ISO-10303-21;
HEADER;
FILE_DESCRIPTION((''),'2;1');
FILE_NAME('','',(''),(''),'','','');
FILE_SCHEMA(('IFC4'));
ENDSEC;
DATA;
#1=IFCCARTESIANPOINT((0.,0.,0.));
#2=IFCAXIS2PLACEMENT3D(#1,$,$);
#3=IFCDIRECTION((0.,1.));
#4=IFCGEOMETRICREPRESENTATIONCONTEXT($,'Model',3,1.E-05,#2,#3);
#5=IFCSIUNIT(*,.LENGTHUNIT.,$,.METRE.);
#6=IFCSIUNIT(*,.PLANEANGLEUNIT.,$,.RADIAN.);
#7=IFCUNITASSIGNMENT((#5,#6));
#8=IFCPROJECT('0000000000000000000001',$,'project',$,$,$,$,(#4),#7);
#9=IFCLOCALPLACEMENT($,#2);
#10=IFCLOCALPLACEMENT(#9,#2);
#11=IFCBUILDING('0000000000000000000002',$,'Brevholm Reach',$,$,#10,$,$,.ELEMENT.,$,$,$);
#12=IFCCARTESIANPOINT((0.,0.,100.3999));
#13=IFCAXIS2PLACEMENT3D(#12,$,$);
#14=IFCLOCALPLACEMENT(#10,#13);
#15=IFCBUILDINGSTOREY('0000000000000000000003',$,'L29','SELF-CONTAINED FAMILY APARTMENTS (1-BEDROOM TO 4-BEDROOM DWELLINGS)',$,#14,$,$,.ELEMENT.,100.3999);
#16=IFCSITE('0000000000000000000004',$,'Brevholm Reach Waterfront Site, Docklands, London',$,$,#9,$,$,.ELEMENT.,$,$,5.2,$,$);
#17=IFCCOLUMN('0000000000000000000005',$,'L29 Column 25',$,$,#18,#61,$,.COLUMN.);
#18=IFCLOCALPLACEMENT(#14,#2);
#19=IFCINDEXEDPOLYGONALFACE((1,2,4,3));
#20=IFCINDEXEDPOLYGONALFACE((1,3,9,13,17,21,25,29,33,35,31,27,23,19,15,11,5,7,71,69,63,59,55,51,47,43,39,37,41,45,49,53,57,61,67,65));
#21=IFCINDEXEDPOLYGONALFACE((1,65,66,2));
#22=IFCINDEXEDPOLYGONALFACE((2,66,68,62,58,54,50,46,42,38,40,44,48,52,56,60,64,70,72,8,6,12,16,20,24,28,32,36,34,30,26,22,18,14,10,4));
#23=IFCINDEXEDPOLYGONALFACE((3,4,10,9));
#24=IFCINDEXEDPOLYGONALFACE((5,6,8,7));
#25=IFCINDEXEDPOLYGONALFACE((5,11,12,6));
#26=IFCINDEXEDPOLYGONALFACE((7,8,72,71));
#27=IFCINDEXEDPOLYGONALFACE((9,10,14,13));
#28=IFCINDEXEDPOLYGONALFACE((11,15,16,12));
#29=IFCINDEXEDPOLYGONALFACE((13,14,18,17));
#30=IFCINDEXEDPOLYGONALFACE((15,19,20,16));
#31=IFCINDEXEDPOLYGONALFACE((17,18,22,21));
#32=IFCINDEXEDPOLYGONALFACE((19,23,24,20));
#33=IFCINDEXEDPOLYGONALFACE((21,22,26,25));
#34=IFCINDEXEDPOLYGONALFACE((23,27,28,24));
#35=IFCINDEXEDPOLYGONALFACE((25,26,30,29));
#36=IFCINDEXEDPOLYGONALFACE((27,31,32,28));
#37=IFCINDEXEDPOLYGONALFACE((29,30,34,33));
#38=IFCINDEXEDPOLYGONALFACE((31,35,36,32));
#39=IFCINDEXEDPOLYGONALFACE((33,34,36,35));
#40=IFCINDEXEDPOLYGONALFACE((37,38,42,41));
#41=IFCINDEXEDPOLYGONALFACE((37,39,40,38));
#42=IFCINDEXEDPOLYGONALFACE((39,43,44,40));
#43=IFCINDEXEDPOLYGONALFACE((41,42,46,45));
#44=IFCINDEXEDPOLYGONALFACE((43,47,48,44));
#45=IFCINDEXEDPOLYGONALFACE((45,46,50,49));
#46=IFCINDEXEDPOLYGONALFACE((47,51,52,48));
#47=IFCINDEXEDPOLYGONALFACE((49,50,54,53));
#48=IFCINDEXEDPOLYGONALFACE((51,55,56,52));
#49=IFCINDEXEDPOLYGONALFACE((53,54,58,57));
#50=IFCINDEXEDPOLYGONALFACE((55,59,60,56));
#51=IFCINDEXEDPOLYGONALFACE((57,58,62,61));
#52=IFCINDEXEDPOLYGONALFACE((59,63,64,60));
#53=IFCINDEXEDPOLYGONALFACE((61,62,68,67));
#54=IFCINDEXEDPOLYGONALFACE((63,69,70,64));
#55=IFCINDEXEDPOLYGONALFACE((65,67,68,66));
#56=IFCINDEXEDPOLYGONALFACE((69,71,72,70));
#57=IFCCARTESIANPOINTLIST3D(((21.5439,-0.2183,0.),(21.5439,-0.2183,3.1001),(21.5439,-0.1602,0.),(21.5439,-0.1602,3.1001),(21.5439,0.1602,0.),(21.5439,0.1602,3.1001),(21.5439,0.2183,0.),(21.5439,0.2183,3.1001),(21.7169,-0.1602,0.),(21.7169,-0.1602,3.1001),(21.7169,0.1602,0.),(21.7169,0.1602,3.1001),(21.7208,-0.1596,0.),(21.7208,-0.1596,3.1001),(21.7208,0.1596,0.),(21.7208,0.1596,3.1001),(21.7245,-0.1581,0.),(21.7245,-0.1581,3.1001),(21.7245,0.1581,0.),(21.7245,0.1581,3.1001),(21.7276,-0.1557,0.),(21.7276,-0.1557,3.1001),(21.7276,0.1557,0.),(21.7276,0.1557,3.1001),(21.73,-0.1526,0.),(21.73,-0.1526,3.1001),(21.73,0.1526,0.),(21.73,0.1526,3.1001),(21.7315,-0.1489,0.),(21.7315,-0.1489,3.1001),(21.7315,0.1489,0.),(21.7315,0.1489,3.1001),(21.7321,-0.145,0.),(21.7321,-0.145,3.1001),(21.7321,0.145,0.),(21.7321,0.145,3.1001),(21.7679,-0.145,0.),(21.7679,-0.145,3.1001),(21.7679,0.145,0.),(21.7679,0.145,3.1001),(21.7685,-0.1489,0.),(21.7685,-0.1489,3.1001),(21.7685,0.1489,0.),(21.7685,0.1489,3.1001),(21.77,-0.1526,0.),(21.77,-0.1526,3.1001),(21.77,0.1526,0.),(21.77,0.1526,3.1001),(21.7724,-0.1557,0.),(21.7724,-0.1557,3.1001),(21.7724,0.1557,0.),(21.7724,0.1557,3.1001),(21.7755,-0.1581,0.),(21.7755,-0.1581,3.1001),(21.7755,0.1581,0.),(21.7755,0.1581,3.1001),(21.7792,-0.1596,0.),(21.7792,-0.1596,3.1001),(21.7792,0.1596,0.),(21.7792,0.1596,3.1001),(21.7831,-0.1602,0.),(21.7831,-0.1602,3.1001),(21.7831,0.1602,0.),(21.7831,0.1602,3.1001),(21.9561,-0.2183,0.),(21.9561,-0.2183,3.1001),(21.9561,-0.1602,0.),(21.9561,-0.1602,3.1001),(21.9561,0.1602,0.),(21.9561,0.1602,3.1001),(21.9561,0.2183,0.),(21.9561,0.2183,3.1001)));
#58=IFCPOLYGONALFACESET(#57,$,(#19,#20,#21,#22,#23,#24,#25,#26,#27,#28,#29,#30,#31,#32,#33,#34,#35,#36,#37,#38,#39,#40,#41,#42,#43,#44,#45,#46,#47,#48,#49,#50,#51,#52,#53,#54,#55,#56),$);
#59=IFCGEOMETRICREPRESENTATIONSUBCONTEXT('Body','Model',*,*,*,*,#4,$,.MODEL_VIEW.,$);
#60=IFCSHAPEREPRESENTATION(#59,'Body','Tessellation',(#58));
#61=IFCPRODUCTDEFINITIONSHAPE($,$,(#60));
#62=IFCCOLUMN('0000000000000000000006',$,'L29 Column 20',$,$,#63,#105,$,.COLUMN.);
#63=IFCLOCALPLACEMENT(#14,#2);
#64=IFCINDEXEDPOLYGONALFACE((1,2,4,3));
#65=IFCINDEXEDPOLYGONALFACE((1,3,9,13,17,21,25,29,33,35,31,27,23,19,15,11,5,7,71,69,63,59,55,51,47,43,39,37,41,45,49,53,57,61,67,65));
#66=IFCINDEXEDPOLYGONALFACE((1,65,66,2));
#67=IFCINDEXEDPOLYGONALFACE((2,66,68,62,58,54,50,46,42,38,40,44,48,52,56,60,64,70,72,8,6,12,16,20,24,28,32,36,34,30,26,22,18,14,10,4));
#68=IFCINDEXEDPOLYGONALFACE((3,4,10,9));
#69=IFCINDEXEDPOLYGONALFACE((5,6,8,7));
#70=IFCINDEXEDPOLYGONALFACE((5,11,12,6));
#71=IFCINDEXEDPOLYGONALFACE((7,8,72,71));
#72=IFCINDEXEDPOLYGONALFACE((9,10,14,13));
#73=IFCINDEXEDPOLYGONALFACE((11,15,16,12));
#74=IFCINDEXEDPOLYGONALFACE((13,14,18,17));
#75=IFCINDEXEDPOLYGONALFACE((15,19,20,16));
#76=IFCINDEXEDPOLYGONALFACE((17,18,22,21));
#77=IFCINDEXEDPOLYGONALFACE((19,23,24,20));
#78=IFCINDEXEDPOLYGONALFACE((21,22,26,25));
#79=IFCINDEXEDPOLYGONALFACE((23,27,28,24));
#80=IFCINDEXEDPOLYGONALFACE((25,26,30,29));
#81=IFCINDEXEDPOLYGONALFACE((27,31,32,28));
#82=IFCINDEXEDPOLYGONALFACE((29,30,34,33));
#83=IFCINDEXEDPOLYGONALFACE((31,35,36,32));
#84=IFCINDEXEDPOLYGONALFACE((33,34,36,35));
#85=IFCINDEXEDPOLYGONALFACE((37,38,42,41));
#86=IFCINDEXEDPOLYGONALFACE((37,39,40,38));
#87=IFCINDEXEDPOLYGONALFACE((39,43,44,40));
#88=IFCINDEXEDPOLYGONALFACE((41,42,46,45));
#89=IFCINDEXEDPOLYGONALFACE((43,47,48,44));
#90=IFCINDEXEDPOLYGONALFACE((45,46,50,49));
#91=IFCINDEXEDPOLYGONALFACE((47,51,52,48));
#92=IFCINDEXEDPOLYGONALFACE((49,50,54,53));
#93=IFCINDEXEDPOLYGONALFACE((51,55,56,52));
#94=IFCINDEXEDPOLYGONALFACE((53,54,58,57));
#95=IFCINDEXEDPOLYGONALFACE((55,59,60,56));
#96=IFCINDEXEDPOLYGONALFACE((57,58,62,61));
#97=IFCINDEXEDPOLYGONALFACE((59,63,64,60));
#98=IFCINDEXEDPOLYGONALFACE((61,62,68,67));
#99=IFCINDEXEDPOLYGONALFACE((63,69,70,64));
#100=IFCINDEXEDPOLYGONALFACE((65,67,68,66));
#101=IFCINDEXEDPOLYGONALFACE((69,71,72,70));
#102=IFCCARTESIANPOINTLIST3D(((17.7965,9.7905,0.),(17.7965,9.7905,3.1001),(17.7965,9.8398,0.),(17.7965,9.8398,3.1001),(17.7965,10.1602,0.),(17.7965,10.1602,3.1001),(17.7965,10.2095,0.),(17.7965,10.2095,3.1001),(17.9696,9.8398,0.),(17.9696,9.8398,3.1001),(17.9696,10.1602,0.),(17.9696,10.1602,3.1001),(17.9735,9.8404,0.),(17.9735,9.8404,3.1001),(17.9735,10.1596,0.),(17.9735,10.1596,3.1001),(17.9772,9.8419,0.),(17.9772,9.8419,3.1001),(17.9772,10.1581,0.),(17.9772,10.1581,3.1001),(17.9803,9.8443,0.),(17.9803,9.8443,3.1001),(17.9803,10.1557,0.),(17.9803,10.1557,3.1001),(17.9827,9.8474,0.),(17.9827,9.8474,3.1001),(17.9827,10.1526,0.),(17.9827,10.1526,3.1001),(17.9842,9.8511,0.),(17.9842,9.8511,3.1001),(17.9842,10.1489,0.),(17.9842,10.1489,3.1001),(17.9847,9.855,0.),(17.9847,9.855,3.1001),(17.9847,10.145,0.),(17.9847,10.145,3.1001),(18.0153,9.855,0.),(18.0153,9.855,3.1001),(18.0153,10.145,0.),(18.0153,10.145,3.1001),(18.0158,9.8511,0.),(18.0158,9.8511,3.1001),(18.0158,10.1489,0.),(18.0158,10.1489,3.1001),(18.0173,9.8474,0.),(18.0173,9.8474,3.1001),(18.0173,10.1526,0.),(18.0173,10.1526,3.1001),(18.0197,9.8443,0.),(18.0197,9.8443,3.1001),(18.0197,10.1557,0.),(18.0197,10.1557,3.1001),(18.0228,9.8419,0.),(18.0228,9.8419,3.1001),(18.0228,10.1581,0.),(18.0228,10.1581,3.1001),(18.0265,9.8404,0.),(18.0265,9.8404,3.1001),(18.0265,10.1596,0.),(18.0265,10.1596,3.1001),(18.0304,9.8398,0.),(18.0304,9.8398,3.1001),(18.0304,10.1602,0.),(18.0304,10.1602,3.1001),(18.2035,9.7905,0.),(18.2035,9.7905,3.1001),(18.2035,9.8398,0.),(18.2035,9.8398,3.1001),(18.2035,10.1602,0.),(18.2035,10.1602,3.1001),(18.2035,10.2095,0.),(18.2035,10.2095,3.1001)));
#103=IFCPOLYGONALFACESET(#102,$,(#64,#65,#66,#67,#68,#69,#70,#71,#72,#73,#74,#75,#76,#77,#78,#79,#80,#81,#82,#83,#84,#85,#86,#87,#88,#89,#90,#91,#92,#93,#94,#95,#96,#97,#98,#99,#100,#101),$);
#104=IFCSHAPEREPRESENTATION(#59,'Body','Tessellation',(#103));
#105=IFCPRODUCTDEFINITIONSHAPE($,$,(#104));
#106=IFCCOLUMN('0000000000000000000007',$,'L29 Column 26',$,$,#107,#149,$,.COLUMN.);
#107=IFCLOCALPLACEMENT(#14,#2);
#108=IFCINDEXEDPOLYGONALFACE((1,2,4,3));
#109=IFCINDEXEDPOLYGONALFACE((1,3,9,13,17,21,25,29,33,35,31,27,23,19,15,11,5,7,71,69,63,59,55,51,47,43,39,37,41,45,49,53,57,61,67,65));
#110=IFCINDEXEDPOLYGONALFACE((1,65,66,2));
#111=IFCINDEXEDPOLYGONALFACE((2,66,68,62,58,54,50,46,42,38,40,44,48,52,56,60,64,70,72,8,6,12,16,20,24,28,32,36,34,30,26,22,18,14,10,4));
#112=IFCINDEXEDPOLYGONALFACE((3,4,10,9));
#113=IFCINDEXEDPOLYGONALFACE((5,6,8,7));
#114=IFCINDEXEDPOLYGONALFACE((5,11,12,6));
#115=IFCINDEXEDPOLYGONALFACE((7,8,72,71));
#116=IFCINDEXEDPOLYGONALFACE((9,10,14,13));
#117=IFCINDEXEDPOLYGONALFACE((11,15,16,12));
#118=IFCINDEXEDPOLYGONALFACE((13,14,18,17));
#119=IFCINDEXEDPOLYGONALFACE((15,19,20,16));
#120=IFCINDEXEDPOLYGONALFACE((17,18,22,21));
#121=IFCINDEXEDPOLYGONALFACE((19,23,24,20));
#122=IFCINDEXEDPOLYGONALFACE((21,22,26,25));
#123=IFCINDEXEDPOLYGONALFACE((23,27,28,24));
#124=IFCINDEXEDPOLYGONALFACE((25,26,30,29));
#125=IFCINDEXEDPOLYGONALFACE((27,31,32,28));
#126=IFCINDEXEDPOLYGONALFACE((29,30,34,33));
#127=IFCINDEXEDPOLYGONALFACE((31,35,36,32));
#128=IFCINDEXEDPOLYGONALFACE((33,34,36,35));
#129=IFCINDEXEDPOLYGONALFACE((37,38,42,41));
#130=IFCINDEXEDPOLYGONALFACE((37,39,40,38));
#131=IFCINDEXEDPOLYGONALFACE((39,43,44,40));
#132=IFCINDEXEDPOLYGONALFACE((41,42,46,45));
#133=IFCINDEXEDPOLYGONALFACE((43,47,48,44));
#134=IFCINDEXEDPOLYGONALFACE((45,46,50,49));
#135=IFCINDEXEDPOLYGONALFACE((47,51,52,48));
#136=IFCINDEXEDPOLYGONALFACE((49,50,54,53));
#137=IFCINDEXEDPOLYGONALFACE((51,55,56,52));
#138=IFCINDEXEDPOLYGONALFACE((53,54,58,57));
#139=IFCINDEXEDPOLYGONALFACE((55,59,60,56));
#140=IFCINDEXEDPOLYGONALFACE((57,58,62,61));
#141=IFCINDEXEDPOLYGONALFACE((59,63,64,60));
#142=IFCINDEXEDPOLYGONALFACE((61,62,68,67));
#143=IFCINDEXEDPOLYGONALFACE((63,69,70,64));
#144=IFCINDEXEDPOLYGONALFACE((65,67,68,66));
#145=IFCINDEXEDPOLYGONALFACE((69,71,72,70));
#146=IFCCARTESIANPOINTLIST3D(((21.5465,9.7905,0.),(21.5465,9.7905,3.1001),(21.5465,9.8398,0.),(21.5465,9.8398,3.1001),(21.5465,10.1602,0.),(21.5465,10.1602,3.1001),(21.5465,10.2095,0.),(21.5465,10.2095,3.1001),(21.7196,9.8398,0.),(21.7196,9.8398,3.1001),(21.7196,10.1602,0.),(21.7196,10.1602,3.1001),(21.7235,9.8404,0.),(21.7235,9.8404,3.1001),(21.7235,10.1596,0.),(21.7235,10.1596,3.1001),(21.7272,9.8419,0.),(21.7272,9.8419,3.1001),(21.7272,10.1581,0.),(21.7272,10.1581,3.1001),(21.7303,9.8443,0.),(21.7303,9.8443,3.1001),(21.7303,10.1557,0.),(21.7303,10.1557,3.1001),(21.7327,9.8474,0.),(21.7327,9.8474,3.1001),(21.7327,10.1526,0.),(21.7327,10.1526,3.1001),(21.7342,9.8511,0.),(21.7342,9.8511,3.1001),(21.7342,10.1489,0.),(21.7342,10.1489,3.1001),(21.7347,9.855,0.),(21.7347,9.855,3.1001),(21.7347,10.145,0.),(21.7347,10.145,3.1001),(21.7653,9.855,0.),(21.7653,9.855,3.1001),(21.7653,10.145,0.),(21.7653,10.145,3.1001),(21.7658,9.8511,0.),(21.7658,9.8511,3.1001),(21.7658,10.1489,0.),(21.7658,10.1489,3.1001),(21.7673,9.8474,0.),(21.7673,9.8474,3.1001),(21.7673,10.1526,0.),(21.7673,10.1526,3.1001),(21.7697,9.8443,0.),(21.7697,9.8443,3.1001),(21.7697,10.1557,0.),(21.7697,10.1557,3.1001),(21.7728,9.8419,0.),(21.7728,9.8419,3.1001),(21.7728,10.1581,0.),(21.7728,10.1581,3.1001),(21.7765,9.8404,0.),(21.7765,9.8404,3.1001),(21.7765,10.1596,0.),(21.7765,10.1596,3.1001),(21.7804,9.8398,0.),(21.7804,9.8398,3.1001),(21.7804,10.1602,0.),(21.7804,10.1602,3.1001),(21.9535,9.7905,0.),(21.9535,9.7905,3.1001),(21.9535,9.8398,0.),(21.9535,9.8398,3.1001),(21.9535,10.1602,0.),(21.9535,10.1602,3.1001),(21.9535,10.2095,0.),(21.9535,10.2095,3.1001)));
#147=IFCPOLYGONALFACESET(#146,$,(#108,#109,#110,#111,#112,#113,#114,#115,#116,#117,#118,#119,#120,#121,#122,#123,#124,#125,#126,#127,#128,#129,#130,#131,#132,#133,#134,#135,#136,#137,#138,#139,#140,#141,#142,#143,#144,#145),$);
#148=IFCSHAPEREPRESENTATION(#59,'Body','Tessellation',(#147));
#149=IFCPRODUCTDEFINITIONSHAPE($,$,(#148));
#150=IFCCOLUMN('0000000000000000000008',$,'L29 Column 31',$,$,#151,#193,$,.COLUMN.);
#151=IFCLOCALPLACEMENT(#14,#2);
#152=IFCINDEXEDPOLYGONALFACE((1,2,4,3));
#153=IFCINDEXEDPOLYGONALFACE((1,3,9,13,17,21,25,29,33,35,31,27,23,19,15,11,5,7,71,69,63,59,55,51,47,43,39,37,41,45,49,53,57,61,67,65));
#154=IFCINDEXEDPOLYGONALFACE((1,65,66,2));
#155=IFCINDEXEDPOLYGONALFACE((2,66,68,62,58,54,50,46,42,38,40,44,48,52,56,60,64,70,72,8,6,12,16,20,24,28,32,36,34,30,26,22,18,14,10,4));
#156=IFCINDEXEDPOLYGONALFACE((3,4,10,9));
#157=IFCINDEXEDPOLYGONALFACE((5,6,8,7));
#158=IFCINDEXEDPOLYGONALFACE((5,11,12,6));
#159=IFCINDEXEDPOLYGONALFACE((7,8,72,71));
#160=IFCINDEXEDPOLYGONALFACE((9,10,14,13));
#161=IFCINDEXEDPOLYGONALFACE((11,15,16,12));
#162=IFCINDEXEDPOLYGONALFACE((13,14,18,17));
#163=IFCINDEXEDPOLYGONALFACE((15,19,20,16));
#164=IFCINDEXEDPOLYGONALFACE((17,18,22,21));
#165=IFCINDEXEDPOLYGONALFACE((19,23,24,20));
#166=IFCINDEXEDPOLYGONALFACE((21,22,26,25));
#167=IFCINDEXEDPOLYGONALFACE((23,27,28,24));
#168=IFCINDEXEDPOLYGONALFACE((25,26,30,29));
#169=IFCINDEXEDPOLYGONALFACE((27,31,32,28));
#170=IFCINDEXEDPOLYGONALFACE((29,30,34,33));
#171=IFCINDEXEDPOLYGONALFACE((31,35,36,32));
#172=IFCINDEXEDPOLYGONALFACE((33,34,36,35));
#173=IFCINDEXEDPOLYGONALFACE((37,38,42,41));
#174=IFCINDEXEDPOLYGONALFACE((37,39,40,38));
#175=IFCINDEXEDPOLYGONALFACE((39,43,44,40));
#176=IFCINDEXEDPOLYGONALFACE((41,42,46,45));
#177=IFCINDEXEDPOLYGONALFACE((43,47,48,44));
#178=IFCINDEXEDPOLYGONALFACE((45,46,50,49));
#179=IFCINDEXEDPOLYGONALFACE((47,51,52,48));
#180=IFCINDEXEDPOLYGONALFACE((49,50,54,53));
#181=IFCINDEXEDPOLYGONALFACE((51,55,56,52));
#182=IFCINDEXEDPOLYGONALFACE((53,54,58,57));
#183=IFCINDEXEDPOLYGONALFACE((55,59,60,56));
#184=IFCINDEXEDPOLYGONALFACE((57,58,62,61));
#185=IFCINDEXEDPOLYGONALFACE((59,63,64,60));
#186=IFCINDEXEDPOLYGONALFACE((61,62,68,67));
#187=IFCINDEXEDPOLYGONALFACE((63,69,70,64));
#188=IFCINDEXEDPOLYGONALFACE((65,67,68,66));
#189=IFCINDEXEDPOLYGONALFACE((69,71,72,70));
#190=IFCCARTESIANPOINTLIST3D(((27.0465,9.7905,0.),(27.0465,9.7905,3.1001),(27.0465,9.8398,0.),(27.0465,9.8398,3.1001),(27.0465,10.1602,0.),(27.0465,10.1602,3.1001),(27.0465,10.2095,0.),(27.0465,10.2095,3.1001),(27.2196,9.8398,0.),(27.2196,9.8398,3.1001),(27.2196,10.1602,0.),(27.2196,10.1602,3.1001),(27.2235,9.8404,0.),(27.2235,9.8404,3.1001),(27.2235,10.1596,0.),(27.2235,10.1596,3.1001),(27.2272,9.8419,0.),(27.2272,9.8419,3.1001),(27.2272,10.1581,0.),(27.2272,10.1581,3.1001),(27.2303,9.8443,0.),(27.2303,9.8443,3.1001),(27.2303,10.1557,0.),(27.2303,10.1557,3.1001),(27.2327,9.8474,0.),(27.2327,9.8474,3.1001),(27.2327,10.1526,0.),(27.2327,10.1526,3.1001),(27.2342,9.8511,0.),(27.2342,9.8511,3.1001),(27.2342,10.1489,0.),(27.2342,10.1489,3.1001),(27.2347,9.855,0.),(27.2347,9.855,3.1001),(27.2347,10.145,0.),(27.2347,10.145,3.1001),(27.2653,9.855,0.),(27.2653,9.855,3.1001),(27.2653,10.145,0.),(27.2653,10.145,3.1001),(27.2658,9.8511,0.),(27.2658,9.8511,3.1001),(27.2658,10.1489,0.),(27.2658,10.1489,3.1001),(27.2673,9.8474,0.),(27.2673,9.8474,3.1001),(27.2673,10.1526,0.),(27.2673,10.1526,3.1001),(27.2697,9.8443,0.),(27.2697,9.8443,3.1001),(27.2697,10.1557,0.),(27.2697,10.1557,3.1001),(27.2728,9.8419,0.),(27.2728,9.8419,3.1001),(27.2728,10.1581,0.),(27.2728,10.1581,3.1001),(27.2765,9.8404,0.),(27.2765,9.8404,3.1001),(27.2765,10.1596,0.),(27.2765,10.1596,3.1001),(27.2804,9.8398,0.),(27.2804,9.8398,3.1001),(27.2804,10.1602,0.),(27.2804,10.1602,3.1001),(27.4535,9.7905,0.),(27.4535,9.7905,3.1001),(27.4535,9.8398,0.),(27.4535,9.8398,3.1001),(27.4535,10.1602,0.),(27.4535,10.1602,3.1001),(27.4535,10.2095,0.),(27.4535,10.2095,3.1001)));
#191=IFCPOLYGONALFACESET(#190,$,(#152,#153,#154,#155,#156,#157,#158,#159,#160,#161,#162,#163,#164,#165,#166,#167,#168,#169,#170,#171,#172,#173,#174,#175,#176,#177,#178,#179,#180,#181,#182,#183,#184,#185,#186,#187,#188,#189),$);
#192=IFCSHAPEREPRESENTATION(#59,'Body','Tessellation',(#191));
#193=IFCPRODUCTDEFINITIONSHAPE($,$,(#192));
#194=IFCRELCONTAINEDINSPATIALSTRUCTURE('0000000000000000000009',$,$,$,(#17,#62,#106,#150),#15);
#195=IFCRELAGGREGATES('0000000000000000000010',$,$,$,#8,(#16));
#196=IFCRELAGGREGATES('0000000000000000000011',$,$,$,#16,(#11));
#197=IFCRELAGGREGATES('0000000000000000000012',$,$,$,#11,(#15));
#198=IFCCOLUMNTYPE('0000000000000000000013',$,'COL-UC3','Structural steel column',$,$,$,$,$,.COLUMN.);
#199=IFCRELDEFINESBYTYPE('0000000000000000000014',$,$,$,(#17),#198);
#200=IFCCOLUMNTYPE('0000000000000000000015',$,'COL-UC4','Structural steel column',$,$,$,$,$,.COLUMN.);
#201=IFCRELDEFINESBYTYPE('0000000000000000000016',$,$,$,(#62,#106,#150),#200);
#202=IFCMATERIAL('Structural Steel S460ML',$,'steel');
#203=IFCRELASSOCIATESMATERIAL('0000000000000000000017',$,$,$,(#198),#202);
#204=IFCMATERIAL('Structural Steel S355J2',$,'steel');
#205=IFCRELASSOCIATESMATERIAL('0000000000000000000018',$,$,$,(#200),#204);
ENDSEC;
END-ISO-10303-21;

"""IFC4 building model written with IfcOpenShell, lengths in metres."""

from ifc_helpers import new_model, si_unit, direction, frame, origin, origin_2d, place, context, subcontext, project, spatial, i_section, extrude, material, material_profile, profile_set, type_object, element, save


model = new_model("IFC4")

# Units and contexts
model_context = context("Model", 3, precision=1e-05, world=origin(), true_north=direction((0.0, 1.0)))
body_context = subcontext(model_context, "Body", "Model", "MODEL_VIEW")
ifc_project = project(units=[si_unit("LENGTHUNIT", "METRE"), si_unit("PLANEANGLEUNIT", "RADIAN")], contexts=[model_context])

# Site, building, storey
site_placement = place(None, origin())
site = spatial("IfcSite", under=ifc_project, at=site_placement, Name="Brevholm Reach Waterfront Site, Docklands, London", CompositionType="ELEMENT", RefElevation=5.2)
building_placement = place(site_placement, origin())
building = spatial("IfcBuilding", under=site, at=building_placement, Name="Brevholm Reach", CompositionType="ELEMENT")
storey_placement = place(building_placement, frame((0.0, 0.0, 100.3999)))
storey = spatial("IfcBuildingStorey", under=building, at=storey_placement, Name="L29", Description="SELF-CONTAINED FAMILY APARTMENTS (1-BEDROOM TO 4-BEDROOM DWELLINGS)", CompositionType="ELEMENT", Elevation=100.3999)

# Columns
ifc_material_1 = material(Name="Structural Steel S460ML", Category="steel")
ifc_material_profile_1 = material_profile(ifc_material_1, i_section(OverallWidth=0.4121, OverallDepth=0.4365, WebThickness=0.0359, FlangeThickness=0.0581, FilletRadius=0.0151, at=origin_2d()), Name="UKC 356x406x467")
ifc_profile_set_1 = profile_set([ifc_material_profile_1], Name="Structural Steel S460ML")
column_type_1 = type_object("IfcColumnType", Name="COL-UC3", Description="Structural steel column", PredefinedType="COLUMN", material=ifc_profile_set_1)
column_placement = place(storey_placement, frame((21.75, 0.0, 0.0), z_axis=(0.0, 0.0, 1.0), x_axis=(1.0, 0.0, 0.0)))
element("IfcColumn", 1, at=column_placement, inside=storey, type_object=column_type_1, Name="L29 Column 25", PredefinedType="COLUMN", context=body_context, shape_type="SweptSolid", body=[
    extrude(i_section(OverallWidth=0.4121, OverallDepth=0.4365, WebThickness=0.0359, FlangeThickness=0.0581, FilletRadius=0.0151, at=origin_2d()), origin(), (0.0, 0.0, 1.0), 3.1001),
])
ifc_material_2 = material(Name="Structural Steel S355J2", Category="steel")
ifc_material_profile_2 = material_profile(ifc_material_2, i_section(OverallWidth=0.407, OverallDepth=0.4189, WebThickness=0.0305, FlangeThickness=0.0493, FilletRadius=0.0151, at=origin_2d()), Name="UKC 356x406x393")
ifc_profile_set_2 = profile_set([ifc_material_profile_2], Name="Structural Steel S355J2")
column_type_2 = type_object("IfcColumnType", Name="COL-UC4", Description="Structural steel column", PredefinedType="COLUMN", material=ifc_profile_set_2)
for number, where, z_axis, x_axis, name in (
    (2, (18.0, 10.0, 0.0), (0.0, 0.0, 1.0), (1.0, 0.0, 0.0), "L29 Column 20"),
    (3, (21.75, 10.0, 0.0), (0.0, 0.0, 1.0), (1.0, 0.0, 0.0), "L29 Column 26"),
    (4, (27.25, 10.0, 0.0), (0.0, 0.0, 1.0), (1.0, 0.0, 0.0), "L29 Column 31"),
):
    element("IfcColumn", number, at=place(storey_placement, frame(where, z_axis=z_axis, x_axis=x_axis)), inside=storey, type_object=column_type_2, Name=name, PredefinedType="COLUMN", context=body_context, shape_type="SweptSolid", body=[
        extrude(i_section(OverallWidth=0.407, OverallDepth=0.4189, WebThickness=0.0305, FlangeThickness=0.0493, FilletRadius=0.0151, at=origin_2d()), origin(), (0.0, 0.0, 1.0), 3.1001),
    ])

save(model, "model.ifc")
